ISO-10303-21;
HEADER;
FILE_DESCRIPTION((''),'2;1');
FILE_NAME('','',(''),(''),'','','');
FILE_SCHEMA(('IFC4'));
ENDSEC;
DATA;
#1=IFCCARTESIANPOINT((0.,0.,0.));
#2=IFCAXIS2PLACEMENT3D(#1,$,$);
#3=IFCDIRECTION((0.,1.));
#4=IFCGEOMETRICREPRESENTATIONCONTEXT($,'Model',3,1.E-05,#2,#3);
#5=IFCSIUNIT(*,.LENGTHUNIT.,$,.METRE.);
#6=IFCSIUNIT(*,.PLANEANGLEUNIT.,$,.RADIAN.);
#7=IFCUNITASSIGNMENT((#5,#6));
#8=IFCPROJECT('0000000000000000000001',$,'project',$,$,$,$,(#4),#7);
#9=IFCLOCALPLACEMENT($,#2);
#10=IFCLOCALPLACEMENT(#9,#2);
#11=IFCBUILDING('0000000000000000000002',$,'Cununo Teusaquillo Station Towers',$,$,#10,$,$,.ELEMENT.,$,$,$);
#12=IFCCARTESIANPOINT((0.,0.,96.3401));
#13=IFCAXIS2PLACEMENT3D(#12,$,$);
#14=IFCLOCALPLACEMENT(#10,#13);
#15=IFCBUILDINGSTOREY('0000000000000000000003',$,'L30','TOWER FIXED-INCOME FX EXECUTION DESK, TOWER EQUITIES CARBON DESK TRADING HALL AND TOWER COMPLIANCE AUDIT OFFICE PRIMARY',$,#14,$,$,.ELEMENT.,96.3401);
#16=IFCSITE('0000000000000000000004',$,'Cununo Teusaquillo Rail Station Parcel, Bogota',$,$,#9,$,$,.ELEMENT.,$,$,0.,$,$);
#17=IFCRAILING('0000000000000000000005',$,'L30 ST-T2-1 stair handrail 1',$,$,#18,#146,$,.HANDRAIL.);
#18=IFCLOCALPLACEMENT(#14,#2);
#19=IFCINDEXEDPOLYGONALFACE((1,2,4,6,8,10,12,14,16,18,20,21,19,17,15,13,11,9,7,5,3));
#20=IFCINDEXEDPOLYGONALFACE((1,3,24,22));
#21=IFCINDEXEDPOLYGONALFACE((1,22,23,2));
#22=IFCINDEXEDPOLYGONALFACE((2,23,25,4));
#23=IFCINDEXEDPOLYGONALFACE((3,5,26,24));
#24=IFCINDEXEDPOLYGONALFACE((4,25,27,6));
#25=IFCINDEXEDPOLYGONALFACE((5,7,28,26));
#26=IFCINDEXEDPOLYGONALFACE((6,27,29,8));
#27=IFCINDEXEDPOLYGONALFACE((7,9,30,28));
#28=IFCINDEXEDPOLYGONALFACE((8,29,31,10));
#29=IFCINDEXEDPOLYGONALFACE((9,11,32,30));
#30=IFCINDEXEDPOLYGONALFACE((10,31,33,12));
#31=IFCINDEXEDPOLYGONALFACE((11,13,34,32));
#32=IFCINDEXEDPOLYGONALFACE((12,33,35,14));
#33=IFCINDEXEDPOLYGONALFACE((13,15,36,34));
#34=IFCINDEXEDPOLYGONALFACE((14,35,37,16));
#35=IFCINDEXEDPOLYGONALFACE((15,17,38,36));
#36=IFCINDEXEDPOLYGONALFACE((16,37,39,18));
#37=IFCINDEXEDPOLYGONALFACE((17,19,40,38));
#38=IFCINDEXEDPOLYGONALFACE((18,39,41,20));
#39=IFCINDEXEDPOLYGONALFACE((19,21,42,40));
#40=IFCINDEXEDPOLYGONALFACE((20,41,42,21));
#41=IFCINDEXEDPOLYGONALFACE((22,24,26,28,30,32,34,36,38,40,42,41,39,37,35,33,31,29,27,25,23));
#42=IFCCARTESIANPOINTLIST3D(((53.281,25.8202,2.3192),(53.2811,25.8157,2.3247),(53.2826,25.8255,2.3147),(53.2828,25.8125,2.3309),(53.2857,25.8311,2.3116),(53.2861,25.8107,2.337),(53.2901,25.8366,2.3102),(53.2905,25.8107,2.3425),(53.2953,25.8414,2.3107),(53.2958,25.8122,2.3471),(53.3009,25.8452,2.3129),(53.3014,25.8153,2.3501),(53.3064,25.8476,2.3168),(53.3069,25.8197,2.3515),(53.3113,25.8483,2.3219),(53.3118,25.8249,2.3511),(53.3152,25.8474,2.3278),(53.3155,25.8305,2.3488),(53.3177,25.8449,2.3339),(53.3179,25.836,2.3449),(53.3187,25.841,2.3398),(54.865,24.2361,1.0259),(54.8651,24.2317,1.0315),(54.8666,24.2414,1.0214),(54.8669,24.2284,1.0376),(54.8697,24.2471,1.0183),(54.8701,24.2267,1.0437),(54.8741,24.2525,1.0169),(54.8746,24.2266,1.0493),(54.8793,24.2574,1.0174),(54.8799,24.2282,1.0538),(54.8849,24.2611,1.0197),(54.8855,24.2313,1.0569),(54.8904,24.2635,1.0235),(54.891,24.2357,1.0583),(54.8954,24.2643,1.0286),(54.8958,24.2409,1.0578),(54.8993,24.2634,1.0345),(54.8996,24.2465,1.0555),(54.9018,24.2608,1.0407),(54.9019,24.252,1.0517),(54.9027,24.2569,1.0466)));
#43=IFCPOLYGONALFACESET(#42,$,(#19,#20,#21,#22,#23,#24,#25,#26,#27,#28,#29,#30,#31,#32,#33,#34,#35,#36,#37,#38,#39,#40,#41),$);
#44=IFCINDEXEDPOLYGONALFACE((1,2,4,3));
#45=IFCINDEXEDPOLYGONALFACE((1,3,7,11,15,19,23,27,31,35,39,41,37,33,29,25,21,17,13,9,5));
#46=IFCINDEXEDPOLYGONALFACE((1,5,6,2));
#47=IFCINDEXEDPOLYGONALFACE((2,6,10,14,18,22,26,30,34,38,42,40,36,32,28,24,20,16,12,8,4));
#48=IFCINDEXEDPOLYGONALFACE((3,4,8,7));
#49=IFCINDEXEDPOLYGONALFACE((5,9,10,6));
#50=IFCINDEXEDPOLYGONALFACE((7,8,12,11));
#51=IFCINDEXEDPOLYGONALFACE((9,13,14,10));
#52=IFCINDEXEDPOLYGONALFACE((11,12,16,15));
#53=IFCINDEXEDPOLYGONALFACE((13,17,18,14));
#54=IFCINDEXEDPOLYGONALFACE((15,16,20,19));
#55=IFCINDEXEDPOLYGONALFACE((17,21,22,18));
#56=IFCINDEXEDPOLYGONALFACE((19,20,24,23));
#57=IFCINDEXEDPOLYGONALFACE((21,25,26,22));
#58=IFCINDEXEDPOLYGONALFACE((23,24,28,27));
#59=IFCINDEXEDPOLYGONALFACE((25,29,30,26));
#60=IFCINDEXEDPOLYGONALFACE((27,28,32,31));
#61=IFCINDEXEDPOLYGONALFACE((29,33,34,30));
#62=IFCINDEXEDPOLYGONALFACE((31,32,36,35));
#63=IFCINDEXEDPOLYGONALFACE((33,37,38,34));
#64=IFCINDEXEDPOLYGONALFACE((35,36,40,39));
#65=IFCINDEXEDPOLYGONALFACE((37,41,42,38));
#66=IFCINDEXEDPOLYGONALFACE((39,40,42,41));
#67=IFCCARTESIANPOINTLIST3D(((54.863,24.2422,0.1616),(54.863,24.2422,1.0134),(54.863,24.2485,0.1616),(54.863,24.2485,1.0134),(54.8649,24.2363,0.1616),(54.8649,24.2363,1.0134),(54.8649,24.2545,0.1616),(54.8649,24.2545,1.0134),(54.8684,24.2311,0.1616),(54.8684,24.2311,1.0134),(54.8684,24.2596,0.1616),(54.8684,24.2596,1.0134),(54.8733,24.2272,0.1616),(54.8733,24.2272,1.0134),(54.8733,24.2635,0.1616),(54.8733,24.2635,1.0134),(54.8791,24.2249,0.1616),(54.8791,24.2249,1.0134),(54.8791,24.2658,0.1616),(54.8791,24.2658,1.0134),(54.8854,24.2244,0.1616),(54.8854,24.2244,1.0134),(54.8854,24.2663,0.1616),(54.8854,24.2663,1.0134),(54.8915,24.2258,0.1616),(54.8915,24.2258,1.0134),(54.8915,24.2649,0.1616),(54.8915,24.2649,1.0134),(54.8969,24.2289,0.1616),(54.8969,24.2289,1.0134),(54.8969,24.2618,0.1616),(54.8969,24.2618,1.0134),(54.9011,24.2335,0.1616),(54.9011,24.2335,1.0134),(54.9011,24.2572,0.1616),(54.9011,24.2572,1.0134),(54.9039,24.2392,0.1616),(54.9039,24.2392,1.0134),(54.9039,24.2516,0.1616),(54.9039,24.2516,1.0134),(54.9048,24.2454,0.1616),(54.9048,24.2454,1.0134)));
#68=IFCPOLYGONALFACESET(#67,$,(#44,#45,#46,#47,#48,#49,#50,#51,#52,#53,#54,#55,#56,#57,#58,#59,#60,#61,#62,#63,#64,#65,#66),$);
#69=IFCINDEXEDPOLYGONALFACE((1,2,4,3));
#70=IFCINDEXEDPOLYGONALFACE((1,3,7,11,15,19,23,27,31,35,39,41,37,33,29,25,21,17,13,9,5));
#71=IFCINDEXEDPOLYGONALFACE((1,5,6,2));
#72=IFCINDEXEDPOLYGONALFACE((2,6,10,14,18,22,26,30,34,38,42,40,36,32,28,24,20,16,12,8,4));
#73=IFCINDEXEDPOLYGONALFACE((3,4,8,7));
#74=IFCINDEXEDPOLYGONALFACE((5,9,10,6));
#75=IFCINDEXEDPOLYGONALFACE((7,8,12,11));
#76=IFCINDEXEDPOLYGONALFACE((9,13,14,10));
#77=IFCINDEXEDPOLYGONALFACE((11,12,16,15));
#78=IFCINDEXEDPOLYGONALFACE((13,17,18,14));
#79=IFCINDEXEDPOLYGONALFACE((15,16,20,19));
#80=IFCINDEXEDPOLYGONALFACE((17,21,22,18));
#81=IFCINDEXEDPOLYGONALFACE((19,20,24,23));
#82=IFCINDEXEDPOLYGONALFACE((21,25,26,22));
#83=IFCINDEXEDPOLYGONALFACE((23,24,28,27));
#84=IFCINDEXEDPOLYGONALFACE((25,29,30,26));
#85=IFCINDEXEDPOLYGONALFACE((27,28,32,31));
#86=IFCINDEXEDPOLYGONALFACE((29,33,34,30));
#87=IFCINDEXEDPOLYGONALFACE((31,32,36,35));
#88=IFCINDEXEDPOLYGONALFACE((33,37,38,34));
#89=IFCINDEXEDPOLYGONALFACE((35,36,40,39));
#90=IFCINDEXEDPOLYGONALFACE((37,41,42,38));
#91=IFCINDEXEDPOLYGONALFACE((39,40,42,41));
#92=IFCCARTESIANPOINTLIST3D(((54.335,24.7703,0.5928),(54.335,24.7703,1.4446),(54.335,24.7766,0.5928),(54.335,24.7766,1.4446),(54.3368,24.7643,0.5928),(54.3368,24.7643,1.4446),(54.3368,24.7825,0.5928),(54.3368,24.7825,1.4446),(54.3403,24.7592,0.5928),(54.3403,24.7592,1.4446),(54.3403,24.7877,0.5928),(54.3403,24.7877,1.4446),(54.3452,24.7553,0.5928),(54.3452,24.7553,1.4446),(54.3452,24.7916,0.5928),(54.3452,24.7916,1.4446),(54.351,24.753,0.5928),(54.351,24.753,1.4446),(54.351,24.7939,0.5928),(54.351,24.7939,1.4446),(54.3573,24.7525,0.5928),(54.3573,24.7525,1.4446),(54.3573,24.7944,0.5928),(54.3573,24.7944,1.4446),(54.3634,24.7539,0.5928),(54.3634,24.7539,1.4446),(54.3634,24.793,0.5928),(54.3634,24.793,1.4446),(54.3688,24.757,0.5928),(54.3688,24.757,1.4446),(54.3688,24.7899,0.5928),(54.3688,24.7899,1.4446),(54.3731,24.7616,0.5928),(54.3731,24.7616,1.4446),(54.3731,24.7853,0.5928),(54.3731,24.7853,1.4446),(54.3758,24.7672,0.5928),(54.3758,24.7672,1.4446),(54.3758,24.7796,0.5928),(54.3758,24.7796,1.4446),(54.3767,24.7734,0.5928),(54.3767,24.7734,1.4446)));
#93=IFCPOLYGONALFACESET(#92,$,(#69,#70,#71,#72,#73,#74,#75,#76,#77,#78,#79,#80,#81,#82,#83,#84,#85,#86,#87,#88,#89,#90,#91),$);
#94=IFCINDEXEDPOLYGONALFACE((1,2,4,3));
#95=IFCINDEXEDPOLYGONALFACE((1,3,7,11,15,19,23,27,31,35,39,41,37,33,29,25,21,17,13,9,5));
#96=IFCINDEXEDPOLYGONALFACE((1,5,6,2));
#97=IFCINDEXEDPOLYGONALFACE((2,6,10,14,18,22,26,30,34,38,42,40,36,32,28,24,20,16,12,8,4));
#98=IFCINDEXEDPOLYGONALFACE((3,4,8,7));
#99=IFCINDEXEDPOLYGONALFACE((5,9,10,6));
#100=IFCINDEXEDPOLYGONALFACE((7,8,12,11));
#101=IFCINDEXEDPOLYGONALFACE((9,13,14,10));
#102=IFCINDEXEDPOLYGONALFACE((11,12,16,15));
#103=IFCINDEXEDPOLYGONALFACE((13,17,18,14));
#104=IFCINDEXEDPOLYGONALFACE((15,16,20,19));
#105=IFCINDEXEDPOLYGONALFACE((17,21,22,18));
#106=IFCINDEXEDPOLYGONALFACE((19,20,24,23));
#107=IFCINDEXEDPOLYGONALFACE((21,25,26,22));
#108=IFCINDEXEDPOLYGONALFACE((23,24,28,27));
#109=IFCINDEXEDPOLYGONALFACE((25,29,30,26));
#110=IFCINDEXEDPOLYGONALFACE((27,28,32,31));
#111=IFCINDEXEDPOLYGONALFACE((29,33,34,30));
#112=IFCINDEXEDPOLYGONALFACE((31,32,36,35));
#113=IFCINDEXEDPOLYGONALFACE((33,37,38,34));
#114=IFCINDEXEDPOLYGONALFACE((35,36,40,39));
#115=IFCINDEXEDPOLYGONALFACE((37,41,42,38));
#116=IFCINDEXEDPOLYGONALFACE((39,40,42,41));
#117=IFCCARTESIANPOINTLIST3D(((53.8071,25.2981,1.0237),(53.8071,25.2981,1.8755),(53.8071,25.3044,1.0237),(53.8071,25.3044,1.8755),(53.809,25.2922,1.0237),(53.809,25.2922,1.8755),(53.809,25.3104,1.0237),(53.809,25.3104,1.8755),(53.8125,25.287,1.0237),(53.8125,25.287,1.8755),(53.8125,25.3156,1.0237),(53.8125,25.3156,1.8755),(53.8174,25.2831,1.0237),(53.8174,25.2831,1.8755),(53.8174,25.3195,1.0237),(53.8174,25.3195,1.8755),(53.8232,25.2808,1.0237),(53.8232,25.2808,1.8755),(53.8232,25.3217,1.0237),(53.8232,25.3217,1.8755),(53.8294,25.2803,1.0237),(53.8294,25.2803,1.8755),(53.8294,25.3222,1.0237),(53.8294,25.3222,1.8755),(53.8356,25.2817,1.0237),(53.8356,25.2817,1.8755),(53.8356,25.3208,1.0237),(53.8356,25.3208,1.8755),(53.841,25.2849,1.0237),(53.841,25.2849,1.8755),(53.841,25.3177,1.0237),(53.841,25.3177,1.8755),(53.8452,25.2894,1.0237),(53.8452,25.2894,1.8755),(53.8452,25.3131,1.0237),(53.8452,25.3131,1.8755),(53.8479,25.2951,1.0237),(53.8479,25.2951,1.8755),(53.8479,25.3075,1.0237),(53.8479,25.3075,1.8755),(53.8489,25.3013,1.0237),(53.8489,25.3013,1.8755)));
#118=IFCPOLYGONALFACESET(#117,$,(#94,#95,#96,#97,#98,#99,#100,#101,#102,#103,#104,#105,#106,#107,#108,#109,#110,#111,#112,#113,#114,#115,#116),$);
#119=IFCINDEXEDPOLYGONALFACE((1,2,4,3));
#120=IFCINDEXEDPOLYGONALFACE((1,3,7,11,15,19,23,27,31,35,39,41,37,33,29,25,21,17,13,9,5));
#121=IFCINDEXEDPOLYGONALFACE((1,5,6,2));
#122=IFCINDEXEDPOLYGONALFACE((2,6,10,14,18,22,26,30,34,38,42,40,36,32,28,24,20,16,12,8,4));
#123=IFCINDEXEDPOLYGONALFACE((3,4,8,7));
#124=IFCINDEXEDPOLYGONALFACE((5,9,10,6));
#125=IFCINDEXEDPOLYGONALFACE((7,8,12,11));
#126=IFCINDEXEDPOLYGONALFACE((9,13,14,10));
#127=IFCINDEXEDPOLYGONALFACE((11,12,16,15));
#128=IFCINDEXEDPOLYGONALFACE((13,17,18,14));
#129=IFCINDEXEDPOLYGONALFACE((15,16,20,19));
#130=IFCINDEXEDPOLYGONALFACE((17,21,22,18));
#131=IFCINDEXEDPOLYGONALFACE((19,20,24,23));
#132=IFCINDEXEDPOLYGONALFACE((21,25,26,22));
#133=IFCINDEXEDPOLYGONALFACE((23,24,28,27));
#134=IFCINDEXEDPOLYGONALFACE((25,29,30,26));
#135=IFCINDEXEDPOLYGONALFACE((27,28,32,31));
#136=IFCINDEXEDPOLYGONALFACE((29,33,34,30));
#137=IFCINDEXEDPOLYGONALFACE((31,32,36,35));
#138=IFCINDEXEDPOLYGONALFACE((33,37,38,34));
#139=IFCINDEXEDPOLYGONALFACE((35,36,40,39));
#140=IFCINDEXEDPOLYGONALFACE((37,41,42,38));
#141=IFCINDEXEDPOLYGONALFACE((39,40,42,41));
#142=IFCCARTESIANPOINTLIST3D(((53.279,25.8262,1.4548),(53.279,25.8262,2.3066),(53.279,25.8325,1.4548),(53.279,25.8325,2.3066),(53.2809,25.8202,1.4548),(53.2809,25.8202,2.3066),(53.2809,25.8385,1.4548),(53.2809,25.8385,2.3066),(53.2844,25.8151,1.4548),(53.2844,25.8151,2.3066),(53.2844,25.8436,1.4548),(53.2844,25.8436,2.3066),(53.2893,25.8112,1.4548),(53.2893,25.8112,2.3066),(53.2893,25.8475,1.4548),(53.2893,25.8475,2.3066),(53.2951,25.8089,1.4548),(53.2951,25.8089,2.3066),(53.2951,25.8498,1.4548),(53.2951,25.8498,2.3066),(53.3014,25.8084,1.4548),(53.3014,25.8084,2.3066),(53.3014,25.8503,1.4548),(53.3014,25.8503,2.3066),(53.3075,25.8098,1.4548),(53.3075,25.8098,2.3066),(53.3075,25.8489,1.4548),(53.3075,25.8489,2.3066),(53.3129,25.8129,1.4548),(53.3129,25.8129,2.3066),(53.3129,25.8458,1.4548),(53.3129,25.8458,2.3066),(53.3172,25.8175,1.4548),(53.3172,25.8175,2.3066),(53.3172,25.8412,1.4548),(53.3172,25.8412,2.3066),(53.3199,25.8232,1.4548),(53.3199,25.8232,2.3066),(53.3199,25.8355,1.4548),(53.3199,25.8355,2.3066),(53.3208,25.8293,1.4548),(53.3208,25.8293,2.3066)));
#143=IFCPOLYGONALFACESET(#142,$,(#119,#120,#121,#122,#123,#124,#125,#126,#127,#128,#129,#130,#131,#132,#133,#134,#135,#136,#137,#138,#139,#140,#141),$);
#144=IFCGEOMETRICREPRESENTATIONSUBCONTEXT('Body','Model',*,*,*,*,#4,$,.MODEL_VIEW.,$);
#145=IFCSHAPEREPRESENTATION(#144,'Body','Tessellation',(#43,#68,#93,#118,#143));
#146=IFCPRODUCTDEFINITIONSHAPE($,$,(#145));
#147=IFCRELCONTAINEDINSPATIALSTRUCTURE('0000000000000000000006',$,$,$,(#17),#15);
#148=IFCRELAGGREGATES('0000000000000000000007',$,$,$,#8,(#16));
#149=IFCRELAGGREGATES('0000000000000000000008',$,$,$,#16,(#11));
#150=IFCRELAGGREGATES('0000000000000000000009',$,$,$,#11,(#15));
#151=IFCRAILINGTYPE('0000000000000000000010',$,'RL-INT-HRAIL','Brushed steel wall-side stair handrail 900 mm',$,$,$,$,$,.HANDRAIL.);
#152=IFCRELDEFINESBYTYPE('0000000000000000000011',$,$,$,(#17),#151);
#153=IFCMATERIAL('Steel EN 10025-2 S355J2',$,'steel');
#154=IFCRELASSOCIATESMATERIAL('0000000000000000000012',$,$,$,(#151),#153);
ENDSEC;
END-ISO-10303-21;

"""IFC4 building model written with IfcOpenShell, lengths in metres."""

from ifc_helpers import new_model, si_unit, direction, frame, origin, origin_2d, place, context, subcontext, project, spatial, circle, extrude, material, type_object, element, save


model = new_model("IFC4")

# Units and contexts
model_context = context("Model", 3, precision=1e-05, world=origin(), true_north=direction((0.0, 1.0)))
body_context = subcontext(model_context, "Body", "Model", "MODEL_VIEW")
ifc_project = project(units=[si_unit("LENGTHUNIT", "METRE"), si_unit("PLANEANGLEUNIT", "RADIAN")], contexts=[model_context])

# Site, building, storey
site_placement = place(None, origin())
site = spatial("IfcSite", under=ifc_project, at=site_placement, Name="Cununo Teusaquillo Rail Station Parcel, Bogota", CompositionType="ELEMENT", RefElevation=0.0)
building_placement = place(site_placement, origin())
building = spatial("IfcBuilding", under=site, at=building_placement, Name="Cununo Teusaquillo Station Towers", CompositionType="ELEMENT")
storey_placement = place(building_placement, frame((0.0, 0.0, 96.3401)))
storey = spatial("IfcBuildingStorey", under=building, at=storey_placement, Name="L30", Description="TOWER FIXED-INCOME FX EXECUTION DESK, TOWER EQUITIES CARBON DESK TRADING HALL AND TOWER COMPLIANCE AUDIT OFFICE PRIMARY", CompositionType="ELEMENT", Elevation=96.3401)

# Railing
ifc_material_1 = material(Name="Steel EN 10025-2 S355J2", Category="steel")
railing_type_1 = type_object("IfcRailingType", Name="RL-INT-HRAIL", Description="Brushed steel wall-side stair handrail 900 mm", PredefinedType="HANDRAIL", material=ifc_material_1)
railing_1_placement = place(storey_placement, frame((54.8838, 24.2454, 0.1616)))
element("IfcRailing", 1, at=railing_1_placement, inside=storey, type_object=railing_type_1, Name="L30 ST-T2-1 stair handrail 1", PredefinedType="HANDRAIL", context=body_context, shape_type="SweptSolid", body=[
    extrude(circle(Radius=0.0239, at=origin_2d()), frame((0.0, 0.0, 0.876), z_axis=(-0.612385, 0.612385, 0.49997), x_axis=(-0.707107, -0.707107, 0.0)), (0.0, 0.0, 1.0), 2.5867),
    extrude(circle(Radius=0.021, at=origin_2d()), origin(), (0.0, 0.0, 1.0), 0.8518),
    extrude(circle(Radius=0.021, at=origin_2d()), frame((-0.5281, 0.5281, 0.4312)), (0.0, 0.0, 1.0), 0.8518),
    extrude(circle(Radius=0.021, at=origin_2d()), frame((-1.0559, 1.0559, 0.8621)), (0.0, 0.0, 1.0), 0.8518),
    extrude(circle(Radius=0.021, at=origin_2d()), frame((-1.584, 1.584, 1.2932)), (0.0, 0.0, 1.0), 0.8518),
])

save(model, "model.ifc")
